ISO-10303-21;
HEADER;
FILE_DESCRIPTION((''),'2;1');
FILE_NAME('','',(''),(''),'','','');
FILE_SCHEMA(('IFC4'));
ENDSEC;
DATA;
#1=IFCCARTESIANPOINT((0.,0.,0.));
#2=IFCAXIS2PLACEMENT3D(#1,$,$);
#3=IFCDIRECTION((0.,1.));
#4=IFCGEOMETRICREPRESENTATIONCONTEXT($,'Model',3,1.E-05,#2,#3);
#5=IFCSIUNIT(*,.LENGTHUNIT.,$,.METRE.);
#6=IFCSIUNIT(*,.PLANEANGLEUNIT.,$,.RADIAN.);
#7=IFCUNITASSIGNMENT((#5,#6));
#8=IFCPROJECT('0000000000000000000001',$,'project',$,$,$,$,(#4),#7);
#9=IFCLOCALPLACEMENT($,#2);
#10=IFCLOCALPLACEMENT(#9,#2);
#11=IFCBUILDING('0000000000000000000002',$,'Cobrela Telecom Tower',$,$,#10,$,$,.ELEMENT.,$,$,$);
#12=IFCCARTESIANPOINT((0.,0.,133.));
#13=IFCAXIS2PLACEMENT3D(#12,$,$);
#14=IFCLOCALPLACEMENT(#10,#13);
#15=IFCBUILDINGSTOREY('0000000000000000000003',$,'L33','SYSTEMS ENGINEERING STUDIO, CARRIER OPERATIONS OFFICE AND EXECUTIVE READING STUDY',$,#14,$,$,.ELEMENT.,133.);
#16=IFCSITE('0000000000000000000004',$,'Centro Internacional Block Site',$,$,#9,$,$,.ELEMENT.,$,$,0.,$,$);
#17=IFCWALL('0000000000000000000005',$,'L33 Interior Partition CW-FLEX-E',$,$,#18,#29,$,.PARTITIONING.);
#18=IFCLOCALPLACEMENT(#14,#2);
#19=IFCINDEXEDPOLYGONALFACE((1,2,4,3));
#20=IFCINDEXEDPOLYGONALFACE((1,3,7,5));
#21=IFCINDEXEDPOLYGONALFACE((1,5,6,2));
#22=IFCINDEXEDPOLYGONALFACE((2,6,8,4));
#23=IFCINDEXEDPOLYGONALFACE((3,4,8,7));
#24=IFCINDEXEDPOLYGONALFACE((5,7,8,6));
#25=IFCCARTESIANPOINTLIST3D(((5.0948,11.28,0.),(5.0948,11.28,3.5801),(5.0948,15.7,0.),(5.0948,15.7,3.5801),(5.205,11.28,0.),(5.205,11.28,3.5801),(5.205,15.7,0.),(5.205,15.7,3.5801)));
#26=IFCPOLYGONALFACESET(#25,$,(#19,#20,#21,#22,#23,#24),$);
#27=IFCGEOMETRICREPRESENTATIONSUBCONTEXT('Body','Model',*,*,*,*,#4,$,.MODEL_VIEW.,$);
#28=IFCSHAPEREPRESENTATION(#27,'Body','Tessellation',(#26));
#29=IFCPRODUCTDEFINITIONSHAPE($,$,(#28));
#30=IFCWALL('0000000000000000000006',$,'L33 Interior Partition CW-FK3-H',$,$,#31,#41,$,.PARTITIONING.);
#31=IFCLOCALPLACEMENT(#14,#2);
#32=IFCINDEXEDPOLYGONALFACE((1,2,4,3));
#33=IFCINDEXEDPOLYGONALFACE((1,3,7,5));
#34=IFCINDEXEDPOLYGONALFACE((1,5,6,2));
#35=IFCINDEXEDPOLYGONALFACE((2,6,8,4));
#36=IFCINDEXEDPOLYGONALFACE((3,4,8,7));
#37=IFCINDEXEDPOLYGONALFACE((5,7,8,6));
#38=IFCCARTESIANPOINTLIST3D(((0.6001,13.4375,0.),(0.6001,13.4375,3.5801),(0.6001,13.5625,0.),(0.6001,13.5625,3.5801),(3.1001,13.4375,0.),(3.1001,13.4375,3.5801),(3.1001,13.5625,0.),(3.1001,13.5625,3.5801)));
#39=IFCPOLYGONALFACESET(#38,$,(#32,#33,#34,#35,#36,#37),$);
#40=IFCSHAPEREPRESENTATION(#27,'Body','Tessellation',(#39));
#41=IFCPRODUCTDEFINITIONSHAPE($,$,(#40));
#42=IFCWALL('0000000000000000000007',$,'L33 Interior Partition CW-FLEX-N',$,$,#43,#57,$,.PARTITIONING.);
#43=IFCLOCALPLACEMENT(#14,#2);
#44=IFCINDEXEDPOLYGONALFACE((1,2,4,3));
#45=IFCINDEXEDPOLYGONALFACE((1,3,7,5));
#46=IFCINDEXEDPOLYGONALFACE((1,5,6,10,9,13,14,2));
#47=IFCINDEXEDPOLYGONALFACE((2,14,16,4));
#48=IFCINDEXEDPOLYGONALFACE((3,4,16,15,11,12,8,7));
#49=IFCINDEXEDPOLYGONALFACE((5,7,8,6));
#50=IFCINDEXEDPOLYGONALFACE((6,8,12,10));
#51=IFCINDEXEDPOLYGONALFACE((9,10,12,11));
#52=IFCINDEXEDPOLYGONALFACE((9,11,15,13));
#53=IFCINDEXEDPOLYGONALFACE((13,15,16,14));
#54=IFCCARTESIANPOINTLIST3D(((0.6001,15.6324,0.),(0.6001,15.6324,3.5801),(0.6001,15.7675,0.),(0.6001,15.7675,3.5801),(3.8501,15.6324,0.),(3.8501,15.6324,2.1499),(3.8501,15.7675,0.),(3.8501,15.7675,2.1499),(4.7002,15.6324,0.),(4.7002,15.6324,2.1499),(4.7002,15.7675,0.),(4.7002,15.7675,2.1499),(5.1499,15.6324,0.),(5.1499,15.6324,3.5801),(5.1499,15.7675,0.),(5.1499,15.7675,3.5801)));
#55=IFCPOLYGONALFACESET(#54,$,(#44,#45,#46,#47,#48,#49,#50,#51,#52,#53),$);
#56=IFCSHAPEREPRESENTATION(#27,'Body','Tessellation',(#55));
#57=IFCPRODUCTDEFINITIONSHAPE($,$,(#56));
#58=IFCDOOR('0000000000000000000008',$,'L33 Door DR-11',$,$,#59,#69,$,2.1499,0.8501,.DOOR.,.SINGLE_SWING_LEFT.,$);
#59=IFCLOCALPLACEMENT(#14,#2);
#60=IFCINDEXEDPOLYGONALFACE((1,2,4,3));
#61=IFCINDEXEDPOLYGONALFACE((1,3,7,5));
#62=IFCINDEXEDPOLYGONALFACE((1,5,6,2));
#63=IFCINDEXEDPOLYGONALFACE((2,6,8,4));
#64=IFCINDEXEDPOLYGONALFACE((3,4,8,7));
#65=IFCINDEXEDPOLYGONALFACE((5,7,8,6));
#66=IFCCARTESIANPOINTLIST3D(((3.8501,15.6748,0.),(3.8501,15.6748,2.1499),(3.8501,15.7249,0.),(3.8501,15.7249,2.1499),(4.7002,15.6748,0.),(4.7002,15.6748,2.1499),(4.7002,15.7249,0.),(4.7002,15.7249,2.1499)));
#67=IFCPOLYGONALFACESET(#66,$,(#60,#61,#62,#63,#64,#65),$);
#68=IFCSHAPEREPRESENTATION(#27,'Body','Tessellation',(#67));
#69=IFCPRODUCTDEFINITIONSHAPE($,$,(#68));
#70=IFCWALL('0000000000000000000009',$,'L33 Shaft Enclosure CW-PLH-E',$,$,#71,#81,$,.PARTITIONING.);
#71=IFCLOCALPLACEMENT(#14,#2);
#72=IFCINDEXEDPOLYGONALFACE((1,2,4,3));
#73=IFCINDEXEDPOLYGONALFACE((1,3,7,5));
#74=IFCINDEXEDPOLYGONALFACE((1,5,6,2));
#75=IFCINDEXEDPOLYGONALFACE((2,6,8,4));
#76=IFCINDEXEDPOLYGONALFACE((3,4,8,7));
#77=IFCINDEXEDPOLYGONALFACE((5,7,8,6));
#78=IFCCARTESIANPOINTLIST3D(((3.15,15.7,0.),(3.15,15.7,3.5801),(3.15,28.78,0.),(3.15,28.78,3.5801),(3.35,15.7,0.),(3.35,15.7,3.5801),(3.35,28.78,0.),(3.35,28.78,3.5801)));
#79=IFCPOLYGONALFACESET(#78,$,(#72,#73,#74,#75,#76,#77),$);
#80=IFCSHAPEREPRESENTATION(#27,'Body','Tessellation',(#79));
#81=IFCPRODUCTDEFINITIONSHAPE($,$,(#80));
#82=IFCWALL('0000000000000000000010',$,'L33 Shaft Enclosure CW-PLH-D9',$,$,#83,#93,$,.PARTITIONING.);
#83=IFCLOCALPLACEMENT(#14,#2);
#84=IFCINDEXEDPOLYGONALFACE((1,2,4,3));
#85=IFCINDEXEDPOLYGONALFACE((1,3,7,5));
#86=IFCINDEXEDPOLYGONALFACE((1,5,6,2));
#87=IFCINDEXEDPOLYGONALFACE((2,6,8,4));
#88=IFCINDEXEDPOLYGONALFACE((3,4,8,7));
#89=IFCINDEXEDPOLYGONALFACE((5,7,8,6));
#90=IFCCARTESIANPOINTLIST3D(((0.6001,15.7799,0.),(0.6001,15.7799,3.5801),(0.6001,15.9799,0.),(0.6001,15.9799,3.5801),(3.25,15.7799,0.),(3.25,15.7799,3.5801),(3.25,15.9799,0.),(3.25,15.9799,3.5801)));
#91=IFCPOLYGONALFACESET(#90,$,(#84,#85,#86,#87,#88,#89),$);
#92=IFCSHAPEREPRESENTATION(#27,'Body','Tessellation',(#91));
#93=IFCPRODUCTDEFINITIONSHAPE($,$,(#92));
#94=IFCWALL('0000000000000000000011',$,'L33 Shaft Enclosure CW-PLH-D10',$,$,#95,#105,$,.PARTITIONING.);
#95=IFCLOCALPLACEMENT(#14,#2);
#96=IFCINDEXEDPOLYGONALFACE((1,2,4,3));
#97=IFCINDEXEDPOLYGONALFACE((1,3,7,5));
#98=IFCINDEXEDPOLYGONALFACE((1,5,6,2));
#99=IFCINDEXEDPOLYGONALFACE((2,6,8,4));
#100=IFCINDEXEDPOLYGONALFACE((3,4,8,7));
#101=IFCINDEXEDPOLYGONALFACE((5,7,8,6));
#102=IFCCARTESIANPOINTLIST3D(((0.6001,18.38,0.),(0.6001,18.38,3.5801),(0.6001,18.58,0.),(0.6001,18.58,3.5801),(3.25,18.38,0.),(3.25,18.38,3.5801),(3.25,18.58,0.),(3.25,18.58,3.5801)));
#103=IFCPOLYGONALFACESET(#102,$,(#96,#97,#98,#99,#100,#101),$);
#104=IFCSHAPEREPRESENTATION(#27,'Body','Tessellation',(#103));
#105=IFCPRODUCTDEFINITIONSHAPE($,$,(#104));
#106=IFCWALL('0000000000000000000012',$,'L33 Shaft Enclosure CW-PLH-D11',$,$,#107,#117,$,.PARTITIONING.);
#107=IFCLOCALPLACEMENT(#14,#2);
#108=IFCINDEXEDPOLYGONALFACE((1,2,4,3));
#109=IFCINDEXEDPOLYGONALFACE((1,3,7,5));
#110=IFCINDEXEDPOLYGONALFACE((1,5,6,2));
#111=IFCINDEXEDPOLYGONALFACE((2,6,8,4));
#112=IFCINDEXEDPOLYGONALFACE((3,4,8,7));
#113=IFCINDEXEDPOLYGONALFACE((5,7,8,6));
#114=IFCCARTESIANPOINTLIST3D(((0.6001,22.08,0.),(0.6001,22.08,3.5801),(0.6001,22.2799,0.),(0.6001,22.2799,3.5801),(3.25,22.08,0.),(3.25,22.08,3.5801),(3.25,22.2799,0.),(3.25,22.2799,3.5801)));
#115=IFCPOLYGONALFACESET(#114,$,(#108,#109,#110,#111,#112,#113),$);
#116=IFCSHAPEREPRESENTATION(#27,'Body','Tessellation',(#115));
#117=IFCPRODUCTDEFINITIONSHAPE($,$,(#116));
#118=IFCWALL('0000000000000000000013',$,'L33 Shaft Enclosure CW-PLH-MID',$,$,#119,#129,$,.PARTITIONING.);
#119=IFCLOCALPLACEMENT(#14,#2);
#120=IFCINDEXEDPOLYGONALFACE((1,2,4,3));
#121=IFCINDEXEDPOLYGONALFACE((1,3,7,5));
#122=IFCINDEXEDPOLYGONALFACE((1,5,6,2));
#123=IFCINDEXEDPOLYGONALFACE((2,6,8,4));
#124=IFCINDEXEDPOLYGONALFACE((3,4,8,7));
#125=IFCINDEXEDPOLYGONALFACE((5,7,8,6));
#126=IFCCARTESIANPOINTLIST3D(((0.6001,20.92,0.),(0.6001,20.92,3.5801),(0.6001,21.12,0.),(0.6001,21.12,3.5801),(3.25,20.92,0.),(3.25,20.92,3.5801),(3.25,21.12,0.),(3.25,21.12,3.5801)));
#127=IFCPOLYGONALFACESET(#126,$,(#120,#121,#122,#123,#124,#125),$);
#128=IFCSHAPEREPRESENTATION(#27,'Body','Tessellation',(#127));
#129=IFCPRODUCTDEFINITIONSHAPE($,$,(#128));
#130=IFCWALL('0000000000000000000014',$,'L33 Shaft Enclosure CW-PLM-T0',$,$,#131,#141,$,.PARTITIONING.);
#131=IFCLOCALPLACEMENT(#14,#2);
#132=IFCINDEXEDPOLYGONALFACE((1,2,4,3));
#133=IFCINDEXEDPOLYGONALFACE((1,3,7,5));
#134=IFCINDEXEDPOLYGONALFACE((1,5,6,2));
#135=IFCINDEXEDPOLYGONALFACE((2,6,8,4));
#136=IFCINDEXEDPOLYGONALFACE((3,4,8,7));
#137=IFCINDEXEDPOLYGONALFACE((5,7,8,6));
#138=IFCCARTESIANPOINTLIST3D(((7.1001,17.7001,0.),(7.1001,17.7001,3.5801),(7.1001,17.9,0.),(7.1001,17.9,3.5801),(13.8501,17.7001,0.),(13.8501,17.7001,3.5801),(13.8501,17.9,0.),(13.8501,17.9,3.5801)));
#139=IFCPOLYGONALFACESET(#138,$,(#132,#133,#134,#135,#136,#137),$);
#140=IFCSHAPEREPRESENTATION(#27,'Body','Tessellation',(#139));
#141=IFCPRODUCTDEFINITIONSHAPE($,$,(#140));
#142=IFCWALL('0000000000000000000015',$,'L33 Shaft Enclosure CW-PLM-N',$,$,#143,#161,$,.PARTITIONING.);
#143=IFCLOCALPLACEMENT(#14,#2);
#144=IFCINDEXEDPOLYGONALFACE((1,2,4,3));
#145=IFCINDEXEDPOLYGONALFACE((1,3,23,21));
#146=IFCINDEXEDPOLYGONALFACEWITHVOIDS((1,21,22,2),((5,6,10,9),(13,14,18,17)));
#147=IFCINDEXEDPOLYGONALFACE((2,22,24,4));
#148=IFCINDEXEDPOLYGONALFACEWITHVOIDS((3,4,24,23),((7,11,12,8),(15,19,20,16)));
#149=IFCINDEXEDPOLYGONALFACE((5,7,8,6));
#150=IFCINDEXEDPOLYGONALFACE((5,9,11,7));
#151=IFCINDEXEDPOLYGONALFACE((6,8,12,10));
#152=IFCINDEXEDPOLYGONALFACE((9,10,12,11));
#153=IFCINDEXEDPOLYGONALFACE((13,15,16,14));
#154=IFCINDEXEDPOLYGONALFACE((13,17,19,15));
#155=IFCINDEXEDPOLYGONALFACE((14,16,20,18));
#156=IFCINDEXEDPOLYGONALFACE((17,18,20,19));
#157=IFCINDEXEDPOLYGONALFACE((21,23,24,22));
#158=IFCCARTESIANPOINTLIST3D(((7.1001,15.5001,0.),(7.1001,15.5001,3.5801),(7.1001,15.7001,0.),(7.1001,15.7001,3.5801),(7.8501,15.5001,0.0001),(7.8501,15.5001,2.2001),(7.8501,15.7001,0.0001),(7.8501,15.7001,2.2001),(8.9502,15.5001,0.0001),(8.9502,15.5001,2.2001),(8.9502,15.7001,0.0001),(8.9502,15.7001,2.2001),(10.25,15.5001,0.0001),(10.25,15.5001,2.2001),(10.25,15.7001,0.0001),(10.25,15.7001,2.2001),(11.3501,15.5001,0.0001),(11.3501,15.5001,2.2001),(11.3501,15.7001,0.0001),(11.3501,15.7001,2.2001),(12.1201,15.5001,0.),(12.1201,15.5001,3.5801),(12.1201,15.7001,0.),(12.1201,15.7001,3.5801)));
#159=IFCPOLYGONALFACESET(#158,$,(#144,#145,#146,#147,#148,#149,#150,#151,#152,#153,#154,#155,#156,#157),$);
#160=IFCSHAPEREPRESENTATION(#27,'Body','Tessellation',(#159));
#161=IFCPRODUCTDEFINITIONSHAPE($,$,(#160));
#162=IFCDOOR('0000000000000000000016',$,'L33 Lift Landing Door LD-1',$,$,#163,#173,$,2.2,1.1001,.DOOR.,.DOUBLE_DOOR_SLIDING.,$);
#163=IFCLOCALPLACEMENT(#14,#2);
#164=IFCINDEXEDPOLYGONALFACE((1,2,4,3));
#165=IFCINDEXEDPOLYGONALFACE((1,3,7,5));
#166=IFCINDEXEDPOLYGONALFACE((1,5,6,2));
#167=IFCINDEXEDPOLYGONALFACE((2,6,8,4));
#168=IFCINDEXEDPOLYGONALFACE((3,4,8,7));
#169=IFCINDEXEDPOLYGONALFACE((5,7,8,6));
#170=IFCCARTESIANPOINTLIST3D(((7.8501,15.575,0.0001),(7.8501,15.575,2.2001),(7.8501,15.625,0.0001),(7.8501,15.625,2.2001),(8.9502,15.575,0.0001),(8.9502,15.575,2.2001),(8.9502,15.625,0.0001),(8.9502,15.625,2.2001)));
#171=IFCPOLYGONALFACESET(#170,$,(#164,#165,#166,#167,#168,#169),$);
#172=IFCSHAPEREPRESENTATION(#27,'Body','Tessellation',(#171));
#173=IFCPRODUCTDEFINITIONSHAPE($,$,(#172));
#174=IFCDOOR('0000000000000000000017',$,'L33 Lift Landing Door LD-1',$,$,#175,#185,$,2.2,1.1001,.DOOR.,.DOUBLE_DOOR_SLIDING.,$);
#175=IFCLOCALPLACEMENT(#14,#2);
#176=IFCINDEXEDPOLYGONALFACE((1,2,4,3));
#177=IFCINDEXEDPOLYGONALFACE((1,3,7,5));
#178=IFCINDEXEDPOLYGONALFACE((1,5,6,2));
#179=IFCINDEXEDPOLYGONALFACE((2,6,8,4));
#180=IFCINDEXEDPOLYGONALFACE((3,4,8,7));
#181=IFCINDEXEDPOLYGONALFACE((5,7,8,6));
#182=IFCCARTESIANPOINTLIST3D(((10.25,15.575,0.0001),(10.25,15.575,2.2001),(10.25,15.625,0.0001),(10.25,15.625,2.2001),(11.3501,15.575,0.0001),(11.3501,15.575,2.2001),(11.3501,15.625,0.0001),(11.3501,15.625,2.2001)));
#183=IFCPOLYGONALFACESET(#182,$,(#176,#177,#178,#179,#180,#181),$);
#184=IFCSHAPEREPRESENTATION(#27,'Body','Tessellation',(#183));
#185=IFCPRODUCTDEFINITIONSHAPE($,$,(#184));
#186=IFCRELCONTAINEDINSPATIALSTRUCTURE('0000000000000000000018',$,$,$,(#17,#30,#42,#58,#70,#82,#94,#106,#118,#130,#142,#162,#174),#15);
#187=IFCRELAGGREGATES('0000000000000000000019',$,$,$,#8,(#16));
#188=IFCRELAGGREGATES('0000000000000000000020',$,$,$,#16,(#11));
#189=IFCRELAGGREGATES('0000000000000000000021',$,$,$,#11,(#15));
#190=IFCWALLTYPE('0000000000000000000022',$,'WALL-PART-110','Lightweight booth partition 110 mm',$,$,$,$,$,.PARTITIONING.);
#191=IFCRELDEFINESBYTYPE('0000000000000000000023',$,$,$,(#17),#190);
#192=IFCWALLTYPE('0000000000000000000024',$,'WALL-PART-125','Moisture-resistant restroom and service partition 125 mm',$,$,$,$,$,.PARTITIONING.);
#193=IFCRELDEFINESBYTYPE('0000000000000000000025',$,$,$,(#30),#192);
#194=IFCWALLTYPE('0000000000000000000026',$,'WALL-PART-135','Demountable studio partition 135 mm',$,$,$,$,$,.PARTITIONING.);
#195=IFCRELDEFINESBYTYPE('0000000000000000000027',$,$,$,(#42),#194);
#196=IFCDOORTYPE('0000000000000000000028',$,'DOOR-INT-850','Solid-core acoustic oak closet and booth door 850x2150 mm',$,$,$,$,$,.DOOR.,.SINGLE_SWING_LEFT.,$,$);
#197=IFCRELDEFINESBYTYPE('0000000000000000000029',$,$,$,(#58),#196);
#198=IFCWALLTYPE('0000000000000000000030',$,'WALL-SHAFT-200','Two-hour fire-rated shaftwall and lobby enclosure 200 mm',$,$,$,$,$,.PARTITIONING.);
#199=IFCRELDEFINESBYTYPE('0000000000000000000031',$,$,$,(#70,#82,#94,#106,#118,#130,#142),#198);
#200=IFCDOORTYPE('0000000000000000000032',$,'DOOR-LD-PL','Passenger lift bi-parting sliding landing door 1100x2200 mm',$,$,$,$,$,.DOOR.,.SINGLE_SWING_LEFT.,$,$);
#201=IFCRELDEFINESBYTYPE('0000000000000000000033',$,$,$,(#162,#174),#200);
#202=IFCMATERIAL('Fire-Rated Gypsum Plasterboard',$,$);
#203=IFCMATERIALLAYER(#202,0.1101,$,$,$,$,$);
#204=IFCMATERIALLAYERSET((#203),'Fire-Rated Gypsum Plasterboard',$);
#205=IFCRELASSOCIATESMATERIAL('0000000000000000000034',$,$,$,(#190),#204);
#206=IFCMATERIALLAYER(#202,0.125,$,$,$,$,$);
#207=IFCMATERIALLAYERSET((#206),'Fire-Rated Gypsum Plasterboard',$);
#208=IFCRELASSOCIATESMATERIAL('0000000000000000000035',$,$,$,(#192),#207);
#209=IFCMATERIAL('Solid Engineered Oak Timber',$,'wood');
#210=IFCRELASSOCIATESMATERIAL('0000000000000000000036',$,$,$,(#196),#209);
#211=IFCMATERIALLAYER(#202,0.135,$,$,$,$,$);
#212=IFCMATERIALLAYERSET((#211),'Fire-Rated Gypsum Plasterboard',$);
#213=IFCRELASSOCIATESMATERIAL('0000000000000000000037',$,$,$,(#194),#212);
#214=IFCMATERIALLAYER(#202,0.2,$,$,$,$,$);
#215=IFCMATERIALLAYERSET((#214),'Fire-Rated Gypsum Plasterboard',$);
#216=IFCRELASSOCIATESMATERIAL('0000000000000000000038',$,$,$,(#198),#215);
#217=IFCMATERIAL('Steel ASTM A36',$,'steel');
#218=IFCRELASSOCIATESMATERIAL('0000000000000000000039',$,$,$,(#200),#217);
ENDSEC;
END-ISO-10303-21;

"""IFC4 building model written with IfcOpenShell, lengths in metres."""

from ifc_helpers import new_model, si_unit, direction, frame, frame_2d, origin, place, context, subcontext, project, spatial, rectangle, extrude, material, layer, layer_set, type_object, element, fill, save


model = new_model("IFC4")

# Units and contexts
model_context = context("Model", 3, precision=1e-05, world=origin(), true_north=direction((0.0, 1.0)))
body_context = subcontext(model_context, "Body", "Model", "MODEL_VIEW")
ifc_project = project(units=[si_unit("LENGTHUNIT", "METRE"), si_unit("PLANEANGLEUNIT", "RADIAN")], contexts=[model_context])

# Site, building, storey
site_placement = place(None, origin())
site = spatial("IfcSite", under=ifc_project, at=site_placement, Name="Centro Internacional Block Site", CompositionType="ELEMENT", RefElevation=0.0)
building_placement = place(site_placement, origin())
building = spatial("IfcBuilding", under=site, at=building_placement, Name="Cobrela Telecom Tower", CompositionType="ELEMENT")
storey_placement = place(building_placement, frame((0.0, 0.0, 133.0)))
storey = spatial("IfcBuildingStorey", under=building, at=storey_placement, Name="L33", Description="SYSTEMS ENGINEERING STUDIO, CARRIER OPERATIONS OFFICE AND EXECUTIVE READING STUDY", CompositionType="ELEMENT", Elevation=133.0)

# Walls
ifc_material_1 = material(Name="Fire-Rated Gypsum Plasterboard")
ifc_layer_1 = layer(ifc_material_1, 0.1101)
ifc_layer_set_1 = layer_set([ifc_layer_1], Name="Fire-Rated Gypsum Plasterboard")
wall_type_1 = type_object("IfcWallType", Name="WALL-PART-110", Description="Lightweight booth partition 110 mm", PredefinedType="PARTITIONING", material=ifc_layer_set_1)
wall_1_placement = place(storey_placement, frame((5.1499, 11.28, 0.0), z_axis=(0.0, 0.0, 1.0), x_axis=(0.0, 1.0, 0.0)))
element("IfcWall", 1, at=wall_1_placement, inside=storey, type_object=wall_type_1, Name="L33 Interior Partition CW-FLEX-E", PredefinedType="PARTITIONING", context=body_context, shape_type="SweptSolid", body=[
    extrude(rectangle(XDim=4.4199, YDim=0.1101, at=frame_2d((2.21, 0.0))), origin(), (0.0, 0.0, 1.0), 3.5801),
])
ifc_layer_2 = layer(ifc_material_1, 0.125)
ifc_layer_set_2 = layer_set([ifc_layer_2], Name="Fire-Rated Gypsum Plasterboard")
wall_type_2 = type_object("IfcWallType", Name="WALL-PART-125", Description="Moisture-resistant restroom and service partition 125 mm", PredefinedType="PARTITIONING", material=ifc_layer_set_2)
wall_2_placement = place(storey_placement, frame((0.6001, 13.5, 0.0), z_axis=(0.0, 0.0, 1.0), x_axis=(1.0, 0.0, 0.0)))
element("IfcWall", 2, at=wall_2_placement, inside=storey, type_object=wall_type_2, Name="L33 Interior Partition CW-FK3-H", PredefinedType="PARTITIONING", context=body_context, shape_type="SweptSolid", body=[
    extrude(rectangle(XDim=2.5, YDim=0.125, at=frame_2d((1.25, 0.0))), origin(), (0.0, 0.0, 1.0), 3.5801),
])

# Shared definitions
ifc_material_2 = material(Name="Solid Engineered Oak Timber", Category="wood")
door_type_1 = type_object("IfcDoorType", Name="DOOR-INT-850", Description="Solid-core acoustic oak closet and booth door 850x2150 mm", OperationType="SINGLE_SWING_LEFT", PredefinedType="DOOR", material=ifc_material_2)

# Wall, opening, door
ifc_layer_3 = layer(ifc_material_1, 0.135)
ifc_layer_set_3 = layer_set([ifc_layer_3], Name="Fire-Rated Gypsum Plasterboard")
wall_type_3 = type_object("IfcWallType", Name="WALL-PART-135", Description="Demountable studio partition 135 mm", PredefinedType="PARTITIONING", material=ifc_layer_set_3)
wall_3_placement = place(storey_placement, frame((0.6001, 15.7, 0.0), z_axis=(0.0, 0.0, 1.0), x_axis=(1.0, 0.0, 0.0)))
wall_3 = element("IfcWall", 3, at=wall_3_placement, inside=storey, type_object=wall_type_3, Name="L33 Interior Partition CW-FLEX-N", PredefinedType="PARTITIONING", context=body_context, shape_type="SweptSolid", body=[
    extrude(rectangle(XDim=4.5498, YDim=0.135, at=frame_2d((2.2749, 0.0))), origin(), (0.0, 0.0, 1.0), 3.5801),
])
opening_1_placement = place(wall_3_placement, frame((3.25, 0.0, 0.0)))
opening_1 = element("IfcOpeningElement", 4, at=opening_1_placement, cuts=wall_3, PredefinedType="OPENING", context=body_context, shape_type="SweptSolid", body=[
    extrude(rectangle(XDim=0.8501, YDim=2.1499, at=frame_2d((0.425, 1.075))), frame((0.0, 0.0796, 0.0), z_axis=(0.0, -1.0, 0.0), x_axis=(1.0, 0.0, 0.0)), (0.0, 0.0, 1.0), 0.1589),
])
door_1_placement = place(opening_1_placement, origin())
door_1 = element("IfcDoor", 5, at=door_1_placement, inside=storey, type_object=door_type_1, Name="L33 Door DR-11", OperationType="SINGLE_SWING_LEFT", OverallHeight=2.1499, OverallWidth=0.8501, PredefinedType="DOOR", context=body_context, shape_type="SweptSolid", body=[
    extrude(rectangle(XDim=0.8501, YDim=2.1499, at=frame_2d((0.425, 1.075))), frame((0.0, 0.0249, 0.0), z_axis=(0.0, -1.0, 0.0), x_axis=(1.0, 0.0, 0.0)), (0.0, 0.0, 1.0), 0.05),
])
fill(opening_1, door_1)

# Walls
ifc_layer_4 = layer(ifc_material_1, 0.2)
ifc_layer_set_4 = layer_set([ifc_layer_4], Name="Fire-Rated Gypsum Plasterboard")
wall_type_4 = type_object("IfcWallType", Name="WALL-SHAFT-200", Description="Two-hour fire-rated shaftwall and lobby enclosure 200 mm", PredefinedType="PARTITIONING", material=ifc_layer_set_4)
wall_4_placement = place(storey_placement, frame((3.25, 15.7, 0.0), z_axis=(0.0, 0.0, 1.0), x_axis=(0.0, 1.0, 0.0)))
element("IfcWall", 6, at=wall_4_placement, inside=storey, type_object=wall_type_4, Name="L33 Shaft Enclosure CW-PLH-E", PredefinedType="PARTITIONING", context=body_context, shape_type="SweptSolid", body=[
    extrude(rectangle(XDim=13.0801, YDim=0.2, at=frame_2d((6.54, 0.0))), origin(), (0.0, 0.0, 1.0), 3.5801),
])
for number, where, z_axis, x_axis, name in (
    (7, (0.6001, 15.8799, 0.0), (0.0, 0.0, 1.0), (1.0, 0.0, 0.0), "L33 Shaft Enclosure CW-PLH-D9"),
    (8, (0.6001, 18.48, 0.0), (0.0, 0.0, 1.0), (1.0, 0.0, 0.0), "L33 Shaft Enclosure CW-PLH-D10"),
    (9, (0.6001, 22.1799, 0.0), (0.0, 0.0, 1.0), (1.0, 0.0, 0.0), "L33 Shaft Enclosure CW-PLH-D11"),
    (10, (0.6001, 21.02, 0.0), (0.0, 0.0, 1.0), (1.0, 0.0, 0.0), "L33 Shaft Enclosure CW-PLH-MID"),
):
    element("IfcWall", number, at=place(storey_placement, frame(where, z_axis=z_axis, x_axis=x_axis)), inside=storey, type_object=wall_type_4, Name=name, PredefinedType="PARTITIONING", context=body_context, shape_type="SweptSolid", body=[
        extrude(rectangle(XDim=2.6499, YDim=0.2, at=frame_2d((1.325, 0.0))), origin(), (0.0, 0.0, 1.0), 3.5801),
    ])
wall_5_placement = place(storey_placement, frame((7.1001, 17.8, 0.0), z_axis=(0.0, 0.0, 1.0), x_axis=(1.0, 0.0, 0.0)))
element("IfcWall", 11, at=wall_5_placement, inside=storey, type_object=wall_type_4, Name="L33 Shaft Enclosure CW-PLM-T0", PredefinedType="PARTITIONING", context=body_context, shape_type="SweptSolid", body=[
    extrude(rectangle(XDim=6.75, YDim=0.2, at=frame_2d((3.375, 0.0))), origin(), (0.0, 0.0, 1.0), 3.5801),
])

# Wall, openings, doors
wall_6_placement = place(storey_placement, frame((7.1001, 15.6001, 0.0), z_axis=(0.0, 0.0, 1.0), x_axis=(1.0, 0.0, 0.0)))
wall_6 = element("IfcWall", 12, at=wall_6_placement, inside=storey, type_object=wall_type_4, Name="L33 Shaft Enclosure CW-PLM-N", PredefinedType="PARTITIONING", context=body_context, shape_type="SweptSolid", body=[
    extrude(rectangle(XDim=5.02, YDim=0.2, at=frame_2d((2.51, 0.0))), origin(), (0.0, 0.0, 1.0), 3.5801),
])
opening_2_placement = place(wall_6_placement, frame((0.75, 0.0, 0.0)))
opening_2 = element("IfcOpeningElement", 13, at=opening_2_placement, cuts=wall_6, PredefinedType="OPENING", context=body_context, shape_type="SweptSolid", body=[
    extrude(rectangle(XDim=1.1001, YDim=2.2, at=frame_2d((0.55, 1.1001))), frame((0.0, 0.1118, 0.0), z_axis=(0.0, -1.0, 0.0), x_axis=(1.0, 0.0, 0.0)), (0.0, 0.0, 1.0), 0.2239),
])
opening_3_placement = place(wall_6_placement, frame((3.1499, 0.0, 0.0)))
opening_3 = element("IfcOpeningElement", 14, at=opening_3_placement, cuts=wall_6, PredefinedType="OPENING", context=body_context, shape_type="SweptSolid", body=[
    extrude(rectangle(XDim=1.1001, YDim=2.2, at=frame_2d((0.55, 1.1001))), frame((0.0, 0.1118, 0.0), z_axis=(0.0, -1.0, 0.0), x_axis=(1.0, 0.0, 0.0)), (0.0, 0.0, 1.0), 0.2239),
])
ifc_material_3 = material(Name="Steel ASTM A36", Category="steel")
door_type_2 = type_object("IfcDoorType", Name="DOOR-LD-PL", Description="Passenger lift bi-parting sliding landing door 1100x2200 mm", OperationType="SINGLE_SWING_LEFT", PredefinedType="DOOR", material=ifc_material_3)
door_2_placement = place(opening_2_placement, origin())
door_2 = element("IfcDoor", 15, at=door_2_placement, inside=storey, type_object=door_type_2, Name="L33 Lift Landing Door LD-1", OperationType="DOUBLE_DOOR_SLIDING", OverallHeight=2.2, OverallWidth=1.1001, PredefinedType="DOOR", context=body_context, shape_type="SweptSolid", body=[
    extrude(rectangle(XDim=1.1001, YDim=2.2, at=frame_2d((0.55, 1.1001))), frame((0.0, 0.0249, 0.0), z_axis=(0.0, -1.0, 0.0), x_axis=(1.0, 0.0, 0.0)), (0.0, 0.0, 1.0), 0.05),
])
fill(opening_2, door_2)
door_3_placement = place(opening_3_placement, origin())
door_3 = element("IfcDoor", 16, at=door_3_placement, inside=storey, type_object=door_type_2, Name="L33 Lift Landing Door LD-1", OperationType="DOUBLE_DOOR_SLIDING", OverallHeight=2.2, OverallWidth=1.1001, PredefinedType="DOOR", context=body_context, shape_type="SweptSolid", body=[
    extrude(rectangle(XDim=1.1001, YDim=2.2, at=frame_2d((0.55, 1.1001))), frame((0.0, 0.0249, 0.0), z_axis=(0.0, -1.0, 0.0), x_axis=(1.0, 0.0, 0.0)), (0.0, 0.0, 1.0), 0.05),
])
fill(opening_3, door_3)

save(model, "model.ifc")
